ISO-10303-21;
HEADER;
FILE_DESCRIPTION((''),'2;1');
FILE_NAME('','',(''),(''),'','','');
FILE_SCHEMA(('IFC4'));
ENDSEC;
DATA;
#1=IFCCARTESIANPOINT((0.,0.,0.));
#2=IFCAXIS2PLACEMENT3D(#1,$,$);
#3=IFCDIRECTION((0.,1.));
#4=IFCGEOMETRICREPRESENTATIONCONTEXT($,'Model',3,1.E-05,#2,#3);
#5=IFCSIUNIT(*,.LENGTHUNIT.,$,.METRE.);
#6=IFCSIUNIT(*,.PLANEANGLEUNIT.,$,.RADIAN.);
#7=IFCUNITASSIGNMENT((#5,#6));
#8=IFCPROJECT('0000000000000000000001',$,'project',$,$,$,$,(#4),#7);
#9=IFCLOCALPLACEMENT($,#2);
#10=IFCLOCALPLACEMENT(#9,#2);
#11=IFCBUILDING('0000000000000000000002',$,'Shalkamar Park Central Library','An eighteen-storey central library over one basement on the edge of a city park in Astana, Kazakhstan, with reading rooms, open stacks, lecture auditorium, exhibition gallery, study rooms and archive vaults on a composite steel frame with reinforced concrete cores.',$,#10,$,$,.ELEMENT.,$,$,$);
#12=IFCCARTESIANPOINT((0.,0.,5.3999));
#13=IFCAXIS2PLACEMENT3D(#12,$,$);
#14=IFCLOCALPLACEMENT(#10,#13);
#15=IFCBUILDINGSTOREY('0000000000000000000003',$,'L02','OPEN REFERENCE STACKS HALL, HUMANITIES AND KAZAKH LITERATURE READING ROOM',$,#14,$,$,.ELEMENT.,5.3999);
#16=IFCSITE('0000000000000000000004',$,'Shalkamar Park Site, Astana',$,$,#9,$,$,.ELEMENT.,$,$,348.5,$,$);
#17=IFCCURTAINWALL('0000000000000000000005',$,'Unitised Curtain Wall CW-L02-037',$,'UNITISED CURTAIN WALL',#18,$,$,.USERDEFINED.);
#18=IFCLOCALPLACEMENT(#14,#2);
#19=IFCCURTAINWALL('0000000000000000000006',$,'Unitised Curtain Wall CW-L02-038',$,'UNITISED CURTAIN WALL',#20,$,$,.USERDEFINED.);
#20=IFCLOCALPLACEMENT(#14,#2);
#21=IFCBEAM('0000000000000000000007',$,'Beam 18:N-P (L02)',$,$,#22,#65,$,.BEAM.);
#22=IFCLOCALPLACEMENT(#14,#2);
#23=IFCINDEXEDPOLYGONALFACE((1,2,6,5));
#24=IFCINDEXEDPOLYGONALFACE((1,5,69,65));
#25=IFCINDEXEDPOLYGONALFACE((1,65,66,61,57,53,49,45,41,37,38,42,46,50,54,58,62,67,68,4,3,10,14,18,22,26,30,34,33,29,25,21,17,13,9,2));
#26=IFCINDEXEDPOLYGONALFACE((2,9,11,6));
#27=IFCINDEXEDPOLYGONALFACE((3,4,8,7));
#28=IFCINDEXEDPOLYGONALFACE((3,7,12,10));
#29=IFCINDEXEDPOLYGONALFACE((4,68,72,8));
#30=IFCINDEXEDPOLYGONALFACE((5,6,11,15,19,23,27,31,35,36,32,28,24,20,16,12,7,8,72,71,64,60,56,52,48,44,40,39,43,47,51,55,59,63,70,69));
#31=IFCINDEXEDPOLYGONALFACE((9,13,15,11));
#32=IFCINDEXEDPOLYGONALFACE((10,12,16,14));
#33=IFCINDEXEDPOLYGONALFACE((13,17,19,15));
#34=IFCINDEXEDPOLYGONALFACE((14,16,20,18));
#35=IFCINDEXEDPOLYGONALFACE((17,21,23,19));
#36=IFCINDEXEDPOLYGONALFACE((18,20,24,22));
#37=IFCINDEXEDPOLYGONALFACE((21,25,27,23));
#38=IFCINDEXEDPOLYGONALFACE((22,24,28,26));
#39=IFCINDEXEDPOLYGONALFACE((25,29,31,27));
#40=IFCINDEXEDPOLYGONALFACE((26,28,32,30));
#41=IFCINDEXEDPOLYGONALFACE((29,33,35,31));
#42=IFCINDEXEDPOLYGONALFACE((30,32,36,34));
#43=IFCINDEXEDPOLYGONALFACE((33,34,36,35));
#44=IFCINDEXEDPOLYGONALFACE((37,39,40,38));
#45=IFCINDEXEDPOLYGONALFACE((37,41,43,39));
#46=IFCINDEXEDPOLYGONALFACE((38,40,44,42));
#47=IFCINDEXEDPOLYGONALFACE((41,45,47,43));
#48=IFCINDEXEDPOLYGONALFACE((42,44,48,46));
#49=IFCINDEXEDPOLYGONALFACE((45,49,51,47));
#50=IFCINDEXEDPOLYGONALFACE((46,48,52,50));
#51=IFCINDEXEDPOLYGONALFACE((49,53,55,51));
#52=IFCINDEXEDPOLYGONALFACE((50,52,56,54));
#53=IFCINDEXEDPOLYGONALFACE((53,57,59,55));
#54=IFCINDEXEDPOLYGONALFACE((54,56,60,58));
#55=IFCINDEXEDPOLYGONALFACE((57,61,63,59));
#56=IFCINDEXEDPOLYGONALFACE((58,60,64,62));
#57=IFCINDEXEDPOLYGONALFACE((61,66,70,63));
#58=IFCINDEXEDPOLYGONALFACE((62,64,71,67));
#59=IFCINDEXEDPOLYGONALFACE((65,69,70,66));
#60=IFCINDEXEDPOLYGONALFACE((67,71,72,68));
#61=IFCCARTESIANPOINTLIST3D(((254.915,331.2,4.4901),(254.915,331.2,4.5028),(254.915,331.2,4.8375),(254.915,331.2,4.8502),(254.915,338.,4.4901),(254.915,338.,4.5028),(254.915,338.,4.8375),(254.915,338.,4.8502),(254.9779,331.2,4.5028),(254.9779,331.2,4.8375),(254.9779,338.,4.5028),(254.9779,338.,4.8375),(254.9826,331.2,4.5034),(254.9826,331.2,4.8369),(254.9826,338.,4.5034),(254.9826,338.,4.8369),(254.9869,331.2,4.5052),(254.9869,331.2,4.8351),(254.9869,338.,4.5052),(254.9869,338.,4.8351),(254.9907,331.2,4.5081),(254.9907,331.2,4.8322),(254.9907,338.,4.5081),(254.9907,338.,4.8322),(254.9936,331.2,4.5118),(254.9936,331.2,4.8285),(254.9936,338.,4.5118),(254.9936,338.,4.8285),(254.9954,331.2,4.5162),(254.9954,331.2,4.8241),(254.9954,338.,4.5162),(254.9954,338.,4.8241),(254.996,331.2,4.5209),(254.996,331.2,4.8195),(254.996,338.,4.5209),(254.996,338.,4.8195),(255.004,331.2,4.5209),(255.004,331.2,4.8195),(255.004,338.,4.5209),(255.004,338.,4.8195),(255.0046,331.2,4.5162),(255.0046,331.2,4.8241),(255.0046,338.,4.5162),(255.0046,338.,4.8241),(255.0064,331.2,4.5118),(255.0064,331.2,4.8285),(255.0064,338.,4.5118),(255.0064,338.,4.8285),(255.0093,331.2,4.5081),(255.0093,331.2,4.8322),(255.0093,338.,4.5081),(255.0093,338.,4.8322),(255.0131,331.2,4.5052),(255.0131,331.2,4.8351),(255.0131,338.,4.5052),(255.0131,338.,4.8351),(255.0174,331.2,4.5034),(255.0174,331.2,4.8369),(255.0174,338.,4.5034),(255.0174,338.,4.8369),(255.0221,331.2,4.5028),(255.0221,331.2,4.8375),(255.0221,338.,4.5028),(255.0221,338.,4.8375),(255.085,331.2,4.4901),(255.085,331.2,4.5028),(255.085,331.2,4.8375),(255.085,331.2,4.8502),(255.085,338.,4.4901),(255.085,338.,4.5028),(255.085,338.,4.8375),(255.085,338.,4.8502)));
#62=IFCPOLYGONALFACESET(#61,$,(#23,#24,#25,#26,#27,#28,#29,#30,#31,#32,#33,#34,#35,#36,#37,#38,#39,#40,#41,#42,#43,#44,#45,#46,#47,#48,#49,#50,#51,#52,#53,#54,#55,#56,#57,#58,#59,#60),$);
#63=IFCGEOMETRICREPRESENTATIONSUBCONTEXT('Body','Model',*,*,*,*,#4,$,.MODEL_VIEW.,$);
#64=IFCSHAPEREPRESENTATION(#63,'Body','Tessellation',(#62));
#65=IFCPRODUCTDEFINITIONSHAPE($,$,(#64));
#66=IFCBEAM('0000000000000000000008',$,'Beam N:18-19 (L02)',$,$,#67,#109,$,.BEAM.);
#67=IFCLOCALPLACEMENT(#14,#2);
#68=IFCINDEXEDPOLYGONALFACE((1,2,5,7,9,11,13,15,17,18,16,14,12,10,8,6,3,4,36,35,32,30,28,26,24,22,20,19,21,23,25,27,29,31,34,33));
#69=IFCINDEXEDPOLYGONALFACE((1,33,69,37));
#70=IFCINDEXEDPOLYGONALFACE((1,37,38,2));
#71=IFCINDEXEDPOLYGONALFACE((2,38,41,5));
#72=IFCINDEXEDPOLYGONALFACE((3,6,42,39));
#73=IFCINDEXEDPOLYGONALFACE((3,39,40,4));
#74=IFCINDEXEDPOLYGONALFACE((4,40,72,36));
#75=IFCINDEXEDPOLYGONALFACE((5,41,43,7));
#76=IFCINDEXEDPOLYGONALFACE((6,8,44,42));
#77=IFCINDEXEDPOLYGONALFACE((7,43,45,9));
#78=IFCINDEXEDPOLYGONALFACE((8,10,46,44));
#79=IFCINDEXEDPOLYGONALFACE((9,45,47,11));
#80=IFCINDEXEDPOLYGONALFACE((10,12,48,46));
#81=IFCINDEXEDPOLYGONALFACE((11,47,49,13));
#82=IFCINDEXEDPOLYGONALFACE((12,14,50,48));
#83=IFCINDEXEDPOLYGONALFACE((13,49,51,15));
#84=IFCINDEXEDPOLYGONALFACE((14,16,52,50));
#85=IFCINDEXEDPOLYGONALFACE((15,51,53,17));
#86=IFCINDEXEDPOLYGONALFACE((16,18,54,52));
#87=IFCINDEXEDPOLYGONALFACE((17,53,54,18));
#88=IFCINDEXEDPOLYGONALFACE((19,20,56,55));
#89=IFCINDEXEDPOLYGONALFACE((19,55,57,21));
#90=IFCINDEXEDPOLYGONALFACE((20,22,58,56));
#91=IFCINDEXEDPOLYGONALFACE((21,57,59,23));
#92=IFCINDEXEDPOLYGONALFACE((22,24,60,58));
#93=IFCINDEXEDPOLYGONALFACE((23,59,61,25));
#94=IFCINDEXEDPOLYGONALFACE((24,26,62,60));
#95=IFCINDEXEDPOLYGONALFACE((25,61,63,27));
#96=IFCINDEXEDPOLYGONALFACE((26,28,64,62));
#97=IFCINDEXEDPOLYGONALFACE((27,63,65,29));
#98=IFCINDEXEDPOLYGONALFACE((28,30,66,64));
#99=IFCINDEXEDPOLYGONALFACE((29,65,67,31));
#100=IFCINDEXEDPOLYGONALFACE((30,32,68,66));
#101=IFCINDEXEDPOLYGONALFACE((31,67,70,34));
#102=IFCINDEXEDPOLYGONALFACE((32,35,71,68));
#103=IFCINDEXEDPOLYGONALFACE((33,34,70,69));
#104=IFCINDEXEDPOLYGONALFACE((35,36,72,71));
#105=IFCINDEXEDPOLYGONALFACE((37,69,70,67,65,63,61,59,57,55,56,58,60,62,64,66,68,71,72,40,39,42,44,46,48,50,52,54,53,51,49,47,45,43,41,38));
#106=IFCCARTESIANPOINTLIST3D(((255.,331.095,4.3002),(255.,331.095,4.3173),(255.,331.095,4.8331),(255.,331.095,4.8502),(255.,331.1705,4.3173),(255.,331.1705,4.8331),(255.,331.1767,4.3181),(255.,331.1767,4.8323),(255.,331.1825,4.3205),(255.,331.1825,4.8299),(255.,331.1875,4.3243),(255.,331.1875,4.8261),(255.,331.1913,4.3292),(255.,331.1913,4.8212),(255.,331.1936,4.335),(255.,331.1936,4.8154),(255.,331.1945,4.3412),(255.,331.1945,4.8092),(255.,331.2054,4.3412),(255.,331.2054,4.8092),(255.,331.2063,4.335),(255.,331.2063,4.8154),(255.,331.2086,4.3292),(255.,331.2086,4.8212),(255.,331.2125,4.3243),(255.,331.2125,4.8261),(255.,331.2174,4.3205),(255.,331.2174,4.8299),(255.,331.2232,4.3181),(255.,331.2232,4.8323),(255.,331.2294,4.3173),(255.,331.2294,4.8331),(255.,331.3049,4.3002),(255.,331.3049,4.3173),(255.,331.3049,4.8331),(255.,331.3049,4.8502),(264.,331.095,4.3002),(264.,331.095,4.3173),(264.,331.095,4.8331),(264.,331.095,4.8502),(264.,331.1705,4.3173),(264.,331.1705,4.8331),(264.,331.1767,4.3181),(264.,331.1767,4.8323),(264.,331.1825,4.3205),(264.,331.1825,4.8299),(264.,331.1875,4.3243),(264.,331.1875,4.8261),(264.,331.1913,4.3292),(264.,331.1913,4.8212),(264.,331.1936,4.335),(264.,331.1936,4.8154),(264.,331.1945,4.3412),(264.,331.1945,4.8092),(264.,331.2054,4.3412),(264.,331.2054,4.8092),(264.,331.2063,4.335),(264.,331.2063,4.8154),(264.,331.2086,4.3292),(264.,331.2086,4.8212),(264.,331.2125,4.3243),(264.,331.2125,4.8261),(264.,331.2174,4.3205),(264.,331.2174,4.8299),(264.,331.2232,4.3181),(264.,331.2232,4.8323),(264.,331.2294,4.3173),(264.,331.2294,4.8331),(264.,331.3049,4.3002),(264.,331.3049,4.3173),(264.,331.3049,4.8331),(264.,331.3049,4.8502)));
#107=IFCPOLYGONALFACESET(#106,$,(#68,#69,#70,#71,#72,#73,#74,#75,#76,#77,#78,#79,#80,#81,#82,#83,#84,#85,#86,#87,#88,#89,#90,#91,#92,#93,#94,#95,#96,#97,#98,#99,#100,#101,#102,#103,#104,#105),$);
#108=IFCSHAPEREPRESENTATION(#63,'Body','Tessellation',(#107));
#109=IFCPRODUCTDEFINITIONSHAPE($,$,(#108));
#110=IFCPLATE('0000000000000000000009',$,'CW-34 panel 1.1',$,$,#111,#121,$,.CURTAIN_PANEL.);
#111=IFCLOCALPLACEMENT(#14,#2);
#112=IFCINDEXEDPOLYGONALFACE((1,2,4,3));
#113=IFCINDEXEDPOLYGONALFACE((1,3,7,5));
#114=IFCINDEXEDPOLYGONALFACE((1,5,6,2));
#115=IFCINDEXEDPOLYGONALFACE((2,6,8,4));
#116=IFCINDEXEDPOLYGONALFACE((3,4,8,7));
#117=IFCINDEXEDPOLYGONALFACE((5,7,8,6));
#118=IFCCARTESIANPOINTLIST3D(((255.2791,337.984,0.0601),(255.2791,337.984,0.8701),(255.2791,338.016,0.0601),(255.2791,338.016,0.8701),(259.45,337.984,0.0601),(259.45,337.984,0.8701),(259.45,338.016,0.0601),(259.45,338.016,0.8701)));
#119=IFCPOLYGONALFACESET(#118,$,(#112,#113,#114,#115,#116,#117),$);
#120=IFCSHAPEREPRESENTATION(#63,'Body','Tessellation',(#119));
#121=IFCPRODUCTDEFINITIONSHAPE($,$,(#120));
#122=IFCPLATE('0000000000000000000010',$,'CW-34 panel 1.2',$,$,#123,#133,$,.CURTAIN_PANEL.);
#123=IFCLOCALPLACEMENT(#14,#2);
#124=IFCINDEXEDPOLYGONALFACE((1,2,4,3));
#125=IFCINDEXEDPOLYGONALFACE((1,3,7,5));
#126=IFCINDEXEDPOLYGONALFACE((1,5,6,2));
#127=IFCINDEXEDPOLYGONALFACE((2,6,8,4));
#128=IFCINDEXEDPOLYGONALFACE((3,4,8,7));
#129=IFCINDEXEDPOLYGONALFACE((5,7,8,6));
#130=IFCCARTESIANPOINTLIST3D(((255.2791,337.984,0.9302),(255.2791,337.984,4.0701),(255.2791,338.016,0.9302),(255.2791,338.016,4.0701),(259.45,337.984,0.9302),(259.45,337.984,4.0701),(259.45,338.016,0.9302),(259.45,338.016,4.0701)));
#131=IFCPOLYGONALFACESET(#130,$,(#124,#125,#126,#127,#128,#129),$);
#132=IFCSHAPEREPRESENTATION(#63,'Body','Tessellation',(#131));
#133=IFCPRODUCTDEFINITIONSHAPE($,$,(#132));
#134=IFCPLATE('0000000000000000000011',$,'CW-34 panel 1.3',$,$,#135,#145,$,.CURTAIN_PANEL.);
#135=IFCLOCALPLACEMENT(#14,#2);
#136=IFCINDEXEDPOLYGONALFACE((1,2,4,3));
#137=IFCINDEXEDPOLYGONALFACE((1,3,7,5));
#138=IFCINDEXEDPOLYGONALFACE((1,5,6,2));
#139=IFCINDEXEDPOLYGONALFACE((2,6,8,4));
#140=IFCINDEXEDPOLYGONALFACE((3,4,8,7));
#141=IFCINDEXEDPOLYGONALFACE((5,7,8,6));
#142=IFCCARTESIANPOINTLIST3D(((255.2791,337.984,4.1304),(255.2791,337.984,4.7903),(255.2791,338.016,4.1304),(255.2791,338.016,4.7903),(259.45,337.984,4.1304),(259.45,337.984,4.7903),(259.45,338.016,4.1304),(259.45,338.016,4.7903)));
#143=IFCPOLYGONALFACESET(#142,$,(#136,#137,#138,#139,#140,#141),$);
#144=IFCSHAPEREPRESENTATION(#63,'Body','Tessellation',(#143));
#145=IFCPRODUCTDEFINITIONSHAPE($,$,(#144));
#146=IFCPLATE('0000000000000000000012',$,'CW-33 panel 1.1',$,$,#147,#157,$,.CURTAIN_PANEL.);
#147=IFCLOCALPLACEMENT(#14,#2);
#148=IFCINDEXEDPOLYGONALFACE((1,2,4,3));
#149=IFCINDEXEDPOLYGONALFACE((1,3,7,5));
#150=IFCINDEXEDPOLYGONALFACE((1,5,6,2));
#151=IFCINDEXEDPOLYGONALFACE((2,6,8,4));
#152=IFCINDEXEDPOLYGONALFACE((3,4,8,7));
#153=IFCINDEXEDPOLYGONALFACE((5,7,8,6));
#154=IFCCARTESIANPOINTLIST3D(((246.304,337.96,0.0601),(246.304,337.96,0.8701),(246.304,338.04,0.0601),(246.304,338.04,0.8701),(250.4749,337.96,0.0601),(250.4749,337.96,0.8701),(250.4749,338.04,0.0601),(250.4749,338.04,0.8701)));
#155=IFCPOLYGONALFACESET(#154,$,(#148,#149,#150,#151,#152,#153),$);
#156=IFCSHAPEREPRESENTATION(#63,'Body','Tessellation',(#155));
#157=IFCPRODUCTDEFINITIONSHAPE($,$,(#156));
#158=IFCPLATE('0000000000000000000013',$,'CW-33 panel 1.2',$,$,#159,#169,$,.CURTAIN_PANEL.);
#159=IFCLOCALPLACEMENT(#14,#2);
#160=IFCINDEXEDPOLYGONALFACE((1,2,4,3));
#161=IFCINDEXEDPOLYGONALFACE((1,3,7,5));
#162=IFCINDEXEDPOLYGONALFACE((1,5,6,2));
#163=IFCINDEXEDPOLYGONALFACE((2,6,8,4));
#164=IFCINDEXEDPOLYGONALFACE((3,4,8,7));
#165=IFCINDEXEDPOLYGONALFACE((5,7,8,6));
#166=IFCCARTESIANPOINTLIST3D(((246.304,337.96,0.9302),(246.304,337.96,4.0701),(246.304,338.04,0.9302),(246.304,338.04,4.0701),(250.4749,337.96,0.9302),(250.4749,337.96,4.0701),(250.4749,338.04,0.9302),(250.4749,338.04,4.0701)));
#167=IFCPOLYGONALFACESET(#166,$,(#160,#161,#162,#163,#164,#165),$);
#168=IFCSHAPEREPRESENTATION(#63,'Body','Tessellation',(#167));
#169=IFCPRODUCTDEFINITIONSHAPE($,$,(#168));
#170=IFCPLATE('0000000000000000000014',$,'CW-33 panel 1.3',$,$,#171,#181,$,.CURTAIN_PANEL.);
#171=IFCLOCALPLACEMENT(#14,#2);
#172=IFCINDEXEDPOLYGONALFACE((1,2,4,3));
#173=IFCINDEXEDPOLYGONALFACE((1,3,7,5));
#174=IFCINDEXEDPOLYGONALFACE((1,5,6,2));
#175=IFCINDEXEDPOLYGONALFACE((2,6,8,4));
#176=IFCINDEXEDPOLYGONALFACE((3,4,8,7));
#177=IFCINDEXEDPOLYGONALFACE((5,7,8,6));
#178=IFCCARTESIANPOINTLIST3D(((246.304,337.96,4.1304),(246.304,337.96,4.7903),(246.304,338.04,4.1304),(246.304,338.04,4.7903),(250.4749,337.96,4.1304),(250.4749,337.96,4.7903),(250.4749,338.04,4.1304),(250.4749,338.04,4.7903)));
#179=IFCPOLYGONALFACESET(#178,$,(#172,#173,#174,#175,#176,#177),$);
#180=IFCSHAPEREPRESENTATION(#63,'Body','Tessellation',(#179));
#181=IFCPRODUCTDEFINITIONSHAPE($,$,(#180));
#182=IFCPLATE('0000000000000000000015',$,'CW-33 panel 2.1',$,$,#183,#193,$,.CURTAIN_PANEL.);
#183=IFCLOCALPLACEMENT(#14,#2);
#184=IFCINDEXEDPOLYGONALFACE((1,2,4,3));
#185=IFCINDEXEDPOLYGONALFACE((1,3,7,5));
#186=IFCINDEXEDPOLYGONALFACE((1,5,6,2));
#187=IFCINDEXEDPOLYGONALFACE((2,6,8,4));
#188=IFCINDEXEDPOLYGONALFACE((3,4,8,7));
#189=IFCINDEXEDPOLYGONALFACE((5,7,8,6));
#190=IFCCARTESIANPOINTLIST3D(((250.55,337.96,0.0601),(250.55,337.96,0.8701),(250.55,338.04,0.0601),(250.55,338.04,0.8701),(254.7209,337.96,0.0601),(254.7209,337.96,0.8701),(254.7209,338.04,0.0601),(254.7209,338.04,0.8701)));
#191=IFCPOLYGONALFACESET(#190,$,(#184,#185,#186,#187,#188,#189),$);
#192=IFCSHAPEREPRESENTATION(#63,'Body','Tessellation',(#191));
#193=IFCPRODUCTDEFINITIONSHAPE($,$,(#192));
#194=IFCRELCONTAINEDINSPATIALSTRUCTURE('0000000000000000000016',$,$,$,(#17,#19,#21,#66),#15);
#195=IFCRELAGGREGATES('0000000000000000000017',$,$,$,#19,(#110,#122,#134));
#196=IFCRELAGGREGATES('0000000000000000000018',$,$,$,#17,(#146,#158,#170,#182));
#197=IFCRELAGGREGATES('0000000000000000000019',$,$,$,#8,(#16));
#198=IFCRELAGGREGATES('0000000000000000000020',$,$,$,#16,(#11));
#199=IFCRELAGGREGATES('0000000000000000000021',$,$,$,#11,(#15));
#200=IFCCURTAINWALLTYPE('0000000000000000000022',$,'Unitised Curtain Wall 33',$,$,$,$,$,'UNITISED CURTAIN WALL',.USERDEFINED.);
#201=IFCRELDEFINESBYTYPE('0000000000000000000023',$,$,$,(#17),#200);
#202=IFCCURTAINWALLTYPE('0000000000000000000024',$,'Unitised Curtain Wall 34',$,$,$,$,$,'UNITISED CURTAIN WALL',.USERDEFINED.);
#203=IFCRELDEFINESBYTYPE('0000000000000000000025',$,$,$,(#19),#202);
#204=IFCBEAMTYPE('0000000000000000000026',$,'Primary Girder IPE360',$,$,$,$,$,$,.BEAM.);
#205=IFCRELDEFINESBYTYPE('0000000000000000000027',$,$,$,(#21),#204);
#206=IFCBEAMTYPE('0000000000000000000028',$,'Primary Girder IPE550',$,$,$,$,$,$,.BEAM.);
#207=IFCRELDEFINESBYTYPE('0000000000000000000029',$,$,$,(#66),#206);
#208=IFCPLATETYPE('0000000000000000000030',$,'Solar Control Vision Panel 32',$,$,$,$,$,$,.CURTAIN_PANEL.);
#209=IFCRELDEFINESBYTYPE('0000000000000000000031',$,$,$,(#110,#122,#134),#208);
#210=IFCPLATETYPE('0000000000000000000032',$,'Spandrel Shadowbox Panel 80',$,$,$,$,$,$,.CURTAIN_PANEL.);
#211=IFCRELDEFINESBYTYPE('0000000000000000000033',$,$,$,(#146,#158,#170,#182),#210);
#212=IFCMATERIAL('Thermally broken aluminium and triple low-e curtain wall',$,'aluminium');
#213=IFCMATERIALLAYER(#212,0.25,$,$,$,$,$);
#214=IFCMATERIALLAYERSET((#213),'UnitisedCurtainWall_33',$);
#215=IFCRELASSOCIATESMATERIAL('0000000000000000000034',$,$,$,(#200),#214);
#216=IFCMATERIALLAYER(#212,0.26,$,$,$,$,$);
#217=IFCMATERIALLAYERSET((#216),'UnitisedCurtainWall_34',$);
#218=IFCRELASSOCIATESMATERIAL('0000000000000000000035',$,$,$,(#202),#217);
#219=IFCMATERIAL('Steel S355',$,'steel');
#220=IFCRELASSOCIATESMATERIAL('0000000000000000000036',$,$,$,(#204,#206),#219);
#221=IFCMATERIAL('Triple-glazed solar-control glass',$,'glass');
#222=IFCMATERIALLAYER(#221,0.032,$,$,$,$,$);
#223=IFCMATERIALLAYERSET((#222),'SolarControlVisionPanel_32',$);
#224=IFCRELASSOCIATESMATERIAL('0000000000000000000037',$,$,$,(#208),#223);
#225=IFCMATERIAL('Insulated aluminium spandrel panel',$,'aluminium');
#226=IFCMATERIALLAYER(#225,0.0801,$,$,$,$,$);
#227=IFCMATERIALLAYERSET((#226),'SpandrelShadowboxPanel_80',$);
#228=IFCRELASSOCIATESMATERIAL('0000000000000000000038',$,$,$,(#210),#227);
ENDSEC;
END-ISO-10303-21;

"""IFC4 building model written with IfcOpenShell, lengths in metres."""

from ifc_helpers import new_model, si_unit, direction, frame, origin, origin_2d, place, context, subcontext, project, spatial, rectangle, i_section, extrude, material, layer, layer_set, material_profile, profile_set, type_object, element, aggregate, save


model = new_model("IFC4")

# Units and contexts
model_context = context("Model", 3, precision=1e-05, world=origin(), true_north=direction((0.0, 1.0)))
body_context = subcontext(model_context, "Body", "Model", "MODEL_VIEW")
ifc_project = project(units=[si_unit("LENGTHUNIT", "METRE"), si_unit("PLANEANGLEUNIT", "RADIAN")], contexts=[model_context])

# Site, building, storey
site_placement = place(None, origin())
site = spatial("IfcSite", under=ifc_project, at=site_placement, Name="Shalkamar Park Site, Astana", CompositionType="ELEMENT", RefElevation=348.5)
building_placement = place(site_placement, origin())
building = spatial("IfcBuilding", under=site, at=building_placement, Name="Shalkamar Park Central Library", Description="An eighteen-storey central library over one basement on the edge of a city park in Astana, Kazakhstan, with reading rooms, open stacks, lecture auditorium, exhibition gallery, study rooms and archive vaults on a composite steel frame with reinforced concrete cores.", CompositionType="ELEMENT")
storey_placement = place(building_placement, frame((0.0, 0.0, 5.3999)))
storey = spatial("IfcBuildingStorey", under=building, at=storey_placement, Name="L02", Description="OPEN REFERENCE STACKS HALL, HUMANITIES AND KAZAKH LITERATURE READING ROOM", CompositionType="ELEMENT", Elevation=5.3999)

# Shared definitions
ifc_material_1 = material(Name="Steel S355", Category="steel")

# Curtain walls
ifc_material_2 = material(Name="Thermally broken aluminium and triple low-e curtain wall", Category="aluminium")
ifc_layer_1 = layer(ifc_material_2, 0.25)
ifc_layer_set_1 = layer_set([ifc_layer_1], Name="UnitisedCurtainWall_33")
curtain_wall_type_1 = type_object("IfcCurtainWallType", Name="Unitised Curtain Wall 33", ElementType="UNITISED CURTAIN WALL", PredefinedType="USERDEFINED", material=ifc_layer_set_1)
curtain_wall_1_placement = place(storey_placement, origin())
curtain_wall_1 = element("IfcCurtainWall", 1, at=curtain_wall_1_placement, inside=storey, type_object=curtain_wall_type_1, Name="Unitised Curtain Wall CW-L02-037", ObjectType="UNITISED CURTAIN WALL", PredefinedType="USERDEFINED")
ifc_layer_2 = layer(ifc_material_2, 0.26)
ifc_layer_set_2 = layer_set([ifc_layer_2], Name="UnitisedCurtainWall_34")
curtain_wall_type_2 = type_object("IfcCurtainWallType", Name="Unitised Curtain Wall 34", ElementType="UNITISED CURTAIN WALL", PredefinedType="USERDEFINED", material=ifc_layer_set_2)
curtain_wall_2_placement = place(storey_placement, origin())
curtain_wall_2 = element("IfcCurtainWall", 2, at=curtain_wall_2_placement, inside=storey, type_object=curtain_wall_type_2, Name="Unitised Curtain Wall CW-L02-038", ObjectType="UNITISED CURTAIN WALL", PredefinedType="USERDEFINED")

# Beams
ifc_material_profile_1 = material_profile(ifc_material_1, i_section(OverallWidth=0.1699, OverallDepth=0.3601, WebThickness=0.0081, FlangeThickness=0.0127, FilletRadius=0.0181, at=origin_2d()), Name="IPE 360")
ifc_profile_set_1 = profile_set([ifc_material_profile_1], Name="Steel S355")
beam_type_1 = type_object("IfcBeamType", Name="Primary Girder IPE360", PredefinedType="BEAM", material=ifc_profile_set_1)
beam_1_placement = place(storey_placement, frame((255.0, 331.2, 4.6702), z_axis=(0.0, 1.0, 0.0), x_axis=(-1.0, 0.0, 0.0)))
element("IfcBeam", 3, at=beam_1_placement, inside=storey, type_object=beam_type_1, Name="Beam 18:N-P (L02)", PredefinedType="BEAM", context=body_context, shape_type="SweptSolid", body=[
    extrude(i_section(OverallWidth=0.1699, OverallDepth=0.3601, WebThickness=0.0081, FlangeThickness=0.0127, FilletRadius=0.0181, at=origin_2d()), origin(), (0.0, 0.0, 1.0), 6.8),
])
ifc_material_profile_2 = material_profile(ifc_material_1, i_section(OverallWidth=0.21, OverallDepth=0.55, WebThickness=0.011, FlangeThickness=0.0171, FilletRadius=0.0239, at=origin_2d()), Name="IPE 550")
ifc_profile_set_2 = profile_set([ifc_material_profile_2], Name="Steel S355")
beam_type_2 = type_object("IfcBeamType", Name="Primary Girder IPE550", PredefinedType="BEAM", material=ifc_profile_set_2)
beam_2_placement = place(storey_placement, frame((255.0, 331.2, 4.5752), z_axis=(1.0, 0.0, 0.0), x_axis=(0.0, 1.0, 0.0)))
element("IfcBeam", 4, at=beam_2_placement, inside=storey, type_object=beam_type_2, Name="Beam N:18-19 (L02)", PredefinedType="BEAM", context=body_context, shape_type="SweptSolid", body=[
    extrude(i_section(OverallWidth=0.21, OverallDepth=0.55, WebThickness=0.011, FlangeThickness=0.0171, FilletRadius=0.0239, at=origin_2d()), origin(), (0.0, 0.0, 1.0), 9.0),
])

# Plates
ifc_material_3 = material(Name="Triple-glazed solar-control glass", Category="glass")
ifc_layer_3 = layer(ifc_material_3, 0.032)
ifc_layer_set_3 = layer_set([ifc_layer_3], Name="SolarControlVisionPanel_32")
plate_type_1 = type_object("IfcPlateType", Name="Solar Control Vision Panel 32", PredefinedType="CURTAIN_PANEL", material=ifc_layer_set_3)
plate_1_placement = place(storey_placement, frame((257.3645, 338.0, 0.0601), z_axis=(0.0, 0.0, 1.0), x_axis=(1.0, 0.0, 0.0)))
plate_1 = element("IfcPlate", 5, at=plate_1_placement, type_object=plate_type_1, Name="CW-34 panel 1.1", PredefinedType="CURTAIN_PANEL", context=body_context, shape_type="SweptSolid", body=[
    extrude(rectangle(XDim=4.1709, YDim=0.032, at=origin_2d()), origin(), (0.0, 0.0, 1.0), 0.8101),
])
plate_2_placement = place(storey_placement, frame((257.3645, 338.0, 0.9302), z_axis=(0.0, 0.0, 1.0), x_axis=(1.0, 0.0, 0.0)))
plate_2 = element("IfcPlate", 6, at=plate_2_placement, type_object=plate_type_1, Name="CW-34 panel 1.2", PredefinedType="CURTAIN_PANEL", context=body_context, shape_type="SweptSolid", body=[
    extrude(rectangle(XDim=4.1709, YDim=0.032, at=origin_2d()), origin(), (0.0, 0.0, 1.0), 3.1399),
])
plate_3_placement = place(storey_placement, frame((257.3645, 338.0, 4.1304), z_axis=(0.0, 0.0, 1.0), x_axis=(1.0, 0.0, 0.0)))
plate_3 = element("IfcPlate", 7, at=plate_3_placement, type_object=plate_type_1, Name="CW-34 panel 1.3", PredefinedType="CURTAIN_PANEL", context=body_context, shape_type="SweptSolid", body=[
    extrude(rectangle(XDim=4.1709, YDim=0.032, at=origin_2d()), origin(), (0.0, 0.0, 1.0), 0.6599),
])
aggregate(curtain_wall_2, [plate_1, plate_2, plate_3])
ifc_material_4 = material(Name="Insulated aluminium spandrel panel", Category="aluminium")
ifc_layer_4 = layer(ifc_material_4, 0.0801)
ifc_layer_set_4 = layer_set([ifc_layer_4], Name="SpandrelShadowboxPanel_80")
plate_type_2 = type_object("IfcPlateType", Name="Spandrel Shadowbox Panel 80", PredefinedType="CURTAIN_PANEL", material=ifc_layer_set_4)
plate_4_placement = place(storey_placement, frame((248.3894, 338.0, 0.0601), z_axis=(0.0, 0.0, 1.0), x_axis=(1.0, 0.0, 0.0)))
plate_4 = element("IfcPlate", 8, at=plate_4_placement, type_object=plate_type_2, Name="CW-33 panel 1.1", PredefinedType="CURTAIN_PANEL", context=body_context, shape_type="SweptSolid", body=[
    extrude(rectangle(XDim=4.1709, YDim=0.0801, at=origin_2d()), origin(), (0.0, 0.0, 1.0), 0.8101),
])
plate_5_placement = place(storey_placement, frame((248.3894, 338.0, 0.9302), z_axis=(0.0, 0.0, 1.0), x_axis=(1.0, 0.0, 0.0)))
plate_5 = element("IfcPlate", 9, at=plate_5_placement, type_object=plate_type_2, Name="CW-33 panel 1.2", PredefinedType="CURTAIN_PANEL", context=body_context, shape_type="SweptSolid", body=[
    extrude(rectangle(XDim=4.1709, YDim=0.0801, at=origin_2d()), origin(), (0.0, 0.0, 1.0), 3.1399),
])
plate_6_placement = place(storey_placement, frame((248.3894, 338.0, 4.1304), z_axis=(0.0, 0.0, 1.0), x_axis=(1.0, 0.0, 0.0)))
plate_6 = element("IfcPlate", 10, at=plate_6_placement, type_object=plate_type_2, Name="CW-33 panel 1.3", PredefinedType="CURTAIN_PANEL", context=body_context, shape_type="SweptSolid", body=[
    extrude(rectangle(XDim=4.1709, YDim=0.0801, at=origin_2d()), origin(), (0.0, 0.0, 1.0), 0.6599),
])
plate_7_placement = place(storey_placement, frame((252.6355, 338.0, 0.0601), z_axis=(0.0, 0.0, 1.0), x_axis=(1.0, 0.0, 0.0)))
plate_7 = element("IfcPlate", 11, at=plate_7_placement, type_object=plate_type_2, Name="CW-33 panel 2.1", PredefinedType="CURTAIN_PANEL", context=body_context, shape_type="SweptSolid", body=[
    extrude(rectangle(XDim=4.1709, YDim=0.0801, at=origin_2d()), origin(), (0.0, 0.0, 1.0), 0.8101),
])
aggregate(curtain_wall_1, [plate_4, plate_5, plate_6, plate_7])

save(model, "model.ifc")
